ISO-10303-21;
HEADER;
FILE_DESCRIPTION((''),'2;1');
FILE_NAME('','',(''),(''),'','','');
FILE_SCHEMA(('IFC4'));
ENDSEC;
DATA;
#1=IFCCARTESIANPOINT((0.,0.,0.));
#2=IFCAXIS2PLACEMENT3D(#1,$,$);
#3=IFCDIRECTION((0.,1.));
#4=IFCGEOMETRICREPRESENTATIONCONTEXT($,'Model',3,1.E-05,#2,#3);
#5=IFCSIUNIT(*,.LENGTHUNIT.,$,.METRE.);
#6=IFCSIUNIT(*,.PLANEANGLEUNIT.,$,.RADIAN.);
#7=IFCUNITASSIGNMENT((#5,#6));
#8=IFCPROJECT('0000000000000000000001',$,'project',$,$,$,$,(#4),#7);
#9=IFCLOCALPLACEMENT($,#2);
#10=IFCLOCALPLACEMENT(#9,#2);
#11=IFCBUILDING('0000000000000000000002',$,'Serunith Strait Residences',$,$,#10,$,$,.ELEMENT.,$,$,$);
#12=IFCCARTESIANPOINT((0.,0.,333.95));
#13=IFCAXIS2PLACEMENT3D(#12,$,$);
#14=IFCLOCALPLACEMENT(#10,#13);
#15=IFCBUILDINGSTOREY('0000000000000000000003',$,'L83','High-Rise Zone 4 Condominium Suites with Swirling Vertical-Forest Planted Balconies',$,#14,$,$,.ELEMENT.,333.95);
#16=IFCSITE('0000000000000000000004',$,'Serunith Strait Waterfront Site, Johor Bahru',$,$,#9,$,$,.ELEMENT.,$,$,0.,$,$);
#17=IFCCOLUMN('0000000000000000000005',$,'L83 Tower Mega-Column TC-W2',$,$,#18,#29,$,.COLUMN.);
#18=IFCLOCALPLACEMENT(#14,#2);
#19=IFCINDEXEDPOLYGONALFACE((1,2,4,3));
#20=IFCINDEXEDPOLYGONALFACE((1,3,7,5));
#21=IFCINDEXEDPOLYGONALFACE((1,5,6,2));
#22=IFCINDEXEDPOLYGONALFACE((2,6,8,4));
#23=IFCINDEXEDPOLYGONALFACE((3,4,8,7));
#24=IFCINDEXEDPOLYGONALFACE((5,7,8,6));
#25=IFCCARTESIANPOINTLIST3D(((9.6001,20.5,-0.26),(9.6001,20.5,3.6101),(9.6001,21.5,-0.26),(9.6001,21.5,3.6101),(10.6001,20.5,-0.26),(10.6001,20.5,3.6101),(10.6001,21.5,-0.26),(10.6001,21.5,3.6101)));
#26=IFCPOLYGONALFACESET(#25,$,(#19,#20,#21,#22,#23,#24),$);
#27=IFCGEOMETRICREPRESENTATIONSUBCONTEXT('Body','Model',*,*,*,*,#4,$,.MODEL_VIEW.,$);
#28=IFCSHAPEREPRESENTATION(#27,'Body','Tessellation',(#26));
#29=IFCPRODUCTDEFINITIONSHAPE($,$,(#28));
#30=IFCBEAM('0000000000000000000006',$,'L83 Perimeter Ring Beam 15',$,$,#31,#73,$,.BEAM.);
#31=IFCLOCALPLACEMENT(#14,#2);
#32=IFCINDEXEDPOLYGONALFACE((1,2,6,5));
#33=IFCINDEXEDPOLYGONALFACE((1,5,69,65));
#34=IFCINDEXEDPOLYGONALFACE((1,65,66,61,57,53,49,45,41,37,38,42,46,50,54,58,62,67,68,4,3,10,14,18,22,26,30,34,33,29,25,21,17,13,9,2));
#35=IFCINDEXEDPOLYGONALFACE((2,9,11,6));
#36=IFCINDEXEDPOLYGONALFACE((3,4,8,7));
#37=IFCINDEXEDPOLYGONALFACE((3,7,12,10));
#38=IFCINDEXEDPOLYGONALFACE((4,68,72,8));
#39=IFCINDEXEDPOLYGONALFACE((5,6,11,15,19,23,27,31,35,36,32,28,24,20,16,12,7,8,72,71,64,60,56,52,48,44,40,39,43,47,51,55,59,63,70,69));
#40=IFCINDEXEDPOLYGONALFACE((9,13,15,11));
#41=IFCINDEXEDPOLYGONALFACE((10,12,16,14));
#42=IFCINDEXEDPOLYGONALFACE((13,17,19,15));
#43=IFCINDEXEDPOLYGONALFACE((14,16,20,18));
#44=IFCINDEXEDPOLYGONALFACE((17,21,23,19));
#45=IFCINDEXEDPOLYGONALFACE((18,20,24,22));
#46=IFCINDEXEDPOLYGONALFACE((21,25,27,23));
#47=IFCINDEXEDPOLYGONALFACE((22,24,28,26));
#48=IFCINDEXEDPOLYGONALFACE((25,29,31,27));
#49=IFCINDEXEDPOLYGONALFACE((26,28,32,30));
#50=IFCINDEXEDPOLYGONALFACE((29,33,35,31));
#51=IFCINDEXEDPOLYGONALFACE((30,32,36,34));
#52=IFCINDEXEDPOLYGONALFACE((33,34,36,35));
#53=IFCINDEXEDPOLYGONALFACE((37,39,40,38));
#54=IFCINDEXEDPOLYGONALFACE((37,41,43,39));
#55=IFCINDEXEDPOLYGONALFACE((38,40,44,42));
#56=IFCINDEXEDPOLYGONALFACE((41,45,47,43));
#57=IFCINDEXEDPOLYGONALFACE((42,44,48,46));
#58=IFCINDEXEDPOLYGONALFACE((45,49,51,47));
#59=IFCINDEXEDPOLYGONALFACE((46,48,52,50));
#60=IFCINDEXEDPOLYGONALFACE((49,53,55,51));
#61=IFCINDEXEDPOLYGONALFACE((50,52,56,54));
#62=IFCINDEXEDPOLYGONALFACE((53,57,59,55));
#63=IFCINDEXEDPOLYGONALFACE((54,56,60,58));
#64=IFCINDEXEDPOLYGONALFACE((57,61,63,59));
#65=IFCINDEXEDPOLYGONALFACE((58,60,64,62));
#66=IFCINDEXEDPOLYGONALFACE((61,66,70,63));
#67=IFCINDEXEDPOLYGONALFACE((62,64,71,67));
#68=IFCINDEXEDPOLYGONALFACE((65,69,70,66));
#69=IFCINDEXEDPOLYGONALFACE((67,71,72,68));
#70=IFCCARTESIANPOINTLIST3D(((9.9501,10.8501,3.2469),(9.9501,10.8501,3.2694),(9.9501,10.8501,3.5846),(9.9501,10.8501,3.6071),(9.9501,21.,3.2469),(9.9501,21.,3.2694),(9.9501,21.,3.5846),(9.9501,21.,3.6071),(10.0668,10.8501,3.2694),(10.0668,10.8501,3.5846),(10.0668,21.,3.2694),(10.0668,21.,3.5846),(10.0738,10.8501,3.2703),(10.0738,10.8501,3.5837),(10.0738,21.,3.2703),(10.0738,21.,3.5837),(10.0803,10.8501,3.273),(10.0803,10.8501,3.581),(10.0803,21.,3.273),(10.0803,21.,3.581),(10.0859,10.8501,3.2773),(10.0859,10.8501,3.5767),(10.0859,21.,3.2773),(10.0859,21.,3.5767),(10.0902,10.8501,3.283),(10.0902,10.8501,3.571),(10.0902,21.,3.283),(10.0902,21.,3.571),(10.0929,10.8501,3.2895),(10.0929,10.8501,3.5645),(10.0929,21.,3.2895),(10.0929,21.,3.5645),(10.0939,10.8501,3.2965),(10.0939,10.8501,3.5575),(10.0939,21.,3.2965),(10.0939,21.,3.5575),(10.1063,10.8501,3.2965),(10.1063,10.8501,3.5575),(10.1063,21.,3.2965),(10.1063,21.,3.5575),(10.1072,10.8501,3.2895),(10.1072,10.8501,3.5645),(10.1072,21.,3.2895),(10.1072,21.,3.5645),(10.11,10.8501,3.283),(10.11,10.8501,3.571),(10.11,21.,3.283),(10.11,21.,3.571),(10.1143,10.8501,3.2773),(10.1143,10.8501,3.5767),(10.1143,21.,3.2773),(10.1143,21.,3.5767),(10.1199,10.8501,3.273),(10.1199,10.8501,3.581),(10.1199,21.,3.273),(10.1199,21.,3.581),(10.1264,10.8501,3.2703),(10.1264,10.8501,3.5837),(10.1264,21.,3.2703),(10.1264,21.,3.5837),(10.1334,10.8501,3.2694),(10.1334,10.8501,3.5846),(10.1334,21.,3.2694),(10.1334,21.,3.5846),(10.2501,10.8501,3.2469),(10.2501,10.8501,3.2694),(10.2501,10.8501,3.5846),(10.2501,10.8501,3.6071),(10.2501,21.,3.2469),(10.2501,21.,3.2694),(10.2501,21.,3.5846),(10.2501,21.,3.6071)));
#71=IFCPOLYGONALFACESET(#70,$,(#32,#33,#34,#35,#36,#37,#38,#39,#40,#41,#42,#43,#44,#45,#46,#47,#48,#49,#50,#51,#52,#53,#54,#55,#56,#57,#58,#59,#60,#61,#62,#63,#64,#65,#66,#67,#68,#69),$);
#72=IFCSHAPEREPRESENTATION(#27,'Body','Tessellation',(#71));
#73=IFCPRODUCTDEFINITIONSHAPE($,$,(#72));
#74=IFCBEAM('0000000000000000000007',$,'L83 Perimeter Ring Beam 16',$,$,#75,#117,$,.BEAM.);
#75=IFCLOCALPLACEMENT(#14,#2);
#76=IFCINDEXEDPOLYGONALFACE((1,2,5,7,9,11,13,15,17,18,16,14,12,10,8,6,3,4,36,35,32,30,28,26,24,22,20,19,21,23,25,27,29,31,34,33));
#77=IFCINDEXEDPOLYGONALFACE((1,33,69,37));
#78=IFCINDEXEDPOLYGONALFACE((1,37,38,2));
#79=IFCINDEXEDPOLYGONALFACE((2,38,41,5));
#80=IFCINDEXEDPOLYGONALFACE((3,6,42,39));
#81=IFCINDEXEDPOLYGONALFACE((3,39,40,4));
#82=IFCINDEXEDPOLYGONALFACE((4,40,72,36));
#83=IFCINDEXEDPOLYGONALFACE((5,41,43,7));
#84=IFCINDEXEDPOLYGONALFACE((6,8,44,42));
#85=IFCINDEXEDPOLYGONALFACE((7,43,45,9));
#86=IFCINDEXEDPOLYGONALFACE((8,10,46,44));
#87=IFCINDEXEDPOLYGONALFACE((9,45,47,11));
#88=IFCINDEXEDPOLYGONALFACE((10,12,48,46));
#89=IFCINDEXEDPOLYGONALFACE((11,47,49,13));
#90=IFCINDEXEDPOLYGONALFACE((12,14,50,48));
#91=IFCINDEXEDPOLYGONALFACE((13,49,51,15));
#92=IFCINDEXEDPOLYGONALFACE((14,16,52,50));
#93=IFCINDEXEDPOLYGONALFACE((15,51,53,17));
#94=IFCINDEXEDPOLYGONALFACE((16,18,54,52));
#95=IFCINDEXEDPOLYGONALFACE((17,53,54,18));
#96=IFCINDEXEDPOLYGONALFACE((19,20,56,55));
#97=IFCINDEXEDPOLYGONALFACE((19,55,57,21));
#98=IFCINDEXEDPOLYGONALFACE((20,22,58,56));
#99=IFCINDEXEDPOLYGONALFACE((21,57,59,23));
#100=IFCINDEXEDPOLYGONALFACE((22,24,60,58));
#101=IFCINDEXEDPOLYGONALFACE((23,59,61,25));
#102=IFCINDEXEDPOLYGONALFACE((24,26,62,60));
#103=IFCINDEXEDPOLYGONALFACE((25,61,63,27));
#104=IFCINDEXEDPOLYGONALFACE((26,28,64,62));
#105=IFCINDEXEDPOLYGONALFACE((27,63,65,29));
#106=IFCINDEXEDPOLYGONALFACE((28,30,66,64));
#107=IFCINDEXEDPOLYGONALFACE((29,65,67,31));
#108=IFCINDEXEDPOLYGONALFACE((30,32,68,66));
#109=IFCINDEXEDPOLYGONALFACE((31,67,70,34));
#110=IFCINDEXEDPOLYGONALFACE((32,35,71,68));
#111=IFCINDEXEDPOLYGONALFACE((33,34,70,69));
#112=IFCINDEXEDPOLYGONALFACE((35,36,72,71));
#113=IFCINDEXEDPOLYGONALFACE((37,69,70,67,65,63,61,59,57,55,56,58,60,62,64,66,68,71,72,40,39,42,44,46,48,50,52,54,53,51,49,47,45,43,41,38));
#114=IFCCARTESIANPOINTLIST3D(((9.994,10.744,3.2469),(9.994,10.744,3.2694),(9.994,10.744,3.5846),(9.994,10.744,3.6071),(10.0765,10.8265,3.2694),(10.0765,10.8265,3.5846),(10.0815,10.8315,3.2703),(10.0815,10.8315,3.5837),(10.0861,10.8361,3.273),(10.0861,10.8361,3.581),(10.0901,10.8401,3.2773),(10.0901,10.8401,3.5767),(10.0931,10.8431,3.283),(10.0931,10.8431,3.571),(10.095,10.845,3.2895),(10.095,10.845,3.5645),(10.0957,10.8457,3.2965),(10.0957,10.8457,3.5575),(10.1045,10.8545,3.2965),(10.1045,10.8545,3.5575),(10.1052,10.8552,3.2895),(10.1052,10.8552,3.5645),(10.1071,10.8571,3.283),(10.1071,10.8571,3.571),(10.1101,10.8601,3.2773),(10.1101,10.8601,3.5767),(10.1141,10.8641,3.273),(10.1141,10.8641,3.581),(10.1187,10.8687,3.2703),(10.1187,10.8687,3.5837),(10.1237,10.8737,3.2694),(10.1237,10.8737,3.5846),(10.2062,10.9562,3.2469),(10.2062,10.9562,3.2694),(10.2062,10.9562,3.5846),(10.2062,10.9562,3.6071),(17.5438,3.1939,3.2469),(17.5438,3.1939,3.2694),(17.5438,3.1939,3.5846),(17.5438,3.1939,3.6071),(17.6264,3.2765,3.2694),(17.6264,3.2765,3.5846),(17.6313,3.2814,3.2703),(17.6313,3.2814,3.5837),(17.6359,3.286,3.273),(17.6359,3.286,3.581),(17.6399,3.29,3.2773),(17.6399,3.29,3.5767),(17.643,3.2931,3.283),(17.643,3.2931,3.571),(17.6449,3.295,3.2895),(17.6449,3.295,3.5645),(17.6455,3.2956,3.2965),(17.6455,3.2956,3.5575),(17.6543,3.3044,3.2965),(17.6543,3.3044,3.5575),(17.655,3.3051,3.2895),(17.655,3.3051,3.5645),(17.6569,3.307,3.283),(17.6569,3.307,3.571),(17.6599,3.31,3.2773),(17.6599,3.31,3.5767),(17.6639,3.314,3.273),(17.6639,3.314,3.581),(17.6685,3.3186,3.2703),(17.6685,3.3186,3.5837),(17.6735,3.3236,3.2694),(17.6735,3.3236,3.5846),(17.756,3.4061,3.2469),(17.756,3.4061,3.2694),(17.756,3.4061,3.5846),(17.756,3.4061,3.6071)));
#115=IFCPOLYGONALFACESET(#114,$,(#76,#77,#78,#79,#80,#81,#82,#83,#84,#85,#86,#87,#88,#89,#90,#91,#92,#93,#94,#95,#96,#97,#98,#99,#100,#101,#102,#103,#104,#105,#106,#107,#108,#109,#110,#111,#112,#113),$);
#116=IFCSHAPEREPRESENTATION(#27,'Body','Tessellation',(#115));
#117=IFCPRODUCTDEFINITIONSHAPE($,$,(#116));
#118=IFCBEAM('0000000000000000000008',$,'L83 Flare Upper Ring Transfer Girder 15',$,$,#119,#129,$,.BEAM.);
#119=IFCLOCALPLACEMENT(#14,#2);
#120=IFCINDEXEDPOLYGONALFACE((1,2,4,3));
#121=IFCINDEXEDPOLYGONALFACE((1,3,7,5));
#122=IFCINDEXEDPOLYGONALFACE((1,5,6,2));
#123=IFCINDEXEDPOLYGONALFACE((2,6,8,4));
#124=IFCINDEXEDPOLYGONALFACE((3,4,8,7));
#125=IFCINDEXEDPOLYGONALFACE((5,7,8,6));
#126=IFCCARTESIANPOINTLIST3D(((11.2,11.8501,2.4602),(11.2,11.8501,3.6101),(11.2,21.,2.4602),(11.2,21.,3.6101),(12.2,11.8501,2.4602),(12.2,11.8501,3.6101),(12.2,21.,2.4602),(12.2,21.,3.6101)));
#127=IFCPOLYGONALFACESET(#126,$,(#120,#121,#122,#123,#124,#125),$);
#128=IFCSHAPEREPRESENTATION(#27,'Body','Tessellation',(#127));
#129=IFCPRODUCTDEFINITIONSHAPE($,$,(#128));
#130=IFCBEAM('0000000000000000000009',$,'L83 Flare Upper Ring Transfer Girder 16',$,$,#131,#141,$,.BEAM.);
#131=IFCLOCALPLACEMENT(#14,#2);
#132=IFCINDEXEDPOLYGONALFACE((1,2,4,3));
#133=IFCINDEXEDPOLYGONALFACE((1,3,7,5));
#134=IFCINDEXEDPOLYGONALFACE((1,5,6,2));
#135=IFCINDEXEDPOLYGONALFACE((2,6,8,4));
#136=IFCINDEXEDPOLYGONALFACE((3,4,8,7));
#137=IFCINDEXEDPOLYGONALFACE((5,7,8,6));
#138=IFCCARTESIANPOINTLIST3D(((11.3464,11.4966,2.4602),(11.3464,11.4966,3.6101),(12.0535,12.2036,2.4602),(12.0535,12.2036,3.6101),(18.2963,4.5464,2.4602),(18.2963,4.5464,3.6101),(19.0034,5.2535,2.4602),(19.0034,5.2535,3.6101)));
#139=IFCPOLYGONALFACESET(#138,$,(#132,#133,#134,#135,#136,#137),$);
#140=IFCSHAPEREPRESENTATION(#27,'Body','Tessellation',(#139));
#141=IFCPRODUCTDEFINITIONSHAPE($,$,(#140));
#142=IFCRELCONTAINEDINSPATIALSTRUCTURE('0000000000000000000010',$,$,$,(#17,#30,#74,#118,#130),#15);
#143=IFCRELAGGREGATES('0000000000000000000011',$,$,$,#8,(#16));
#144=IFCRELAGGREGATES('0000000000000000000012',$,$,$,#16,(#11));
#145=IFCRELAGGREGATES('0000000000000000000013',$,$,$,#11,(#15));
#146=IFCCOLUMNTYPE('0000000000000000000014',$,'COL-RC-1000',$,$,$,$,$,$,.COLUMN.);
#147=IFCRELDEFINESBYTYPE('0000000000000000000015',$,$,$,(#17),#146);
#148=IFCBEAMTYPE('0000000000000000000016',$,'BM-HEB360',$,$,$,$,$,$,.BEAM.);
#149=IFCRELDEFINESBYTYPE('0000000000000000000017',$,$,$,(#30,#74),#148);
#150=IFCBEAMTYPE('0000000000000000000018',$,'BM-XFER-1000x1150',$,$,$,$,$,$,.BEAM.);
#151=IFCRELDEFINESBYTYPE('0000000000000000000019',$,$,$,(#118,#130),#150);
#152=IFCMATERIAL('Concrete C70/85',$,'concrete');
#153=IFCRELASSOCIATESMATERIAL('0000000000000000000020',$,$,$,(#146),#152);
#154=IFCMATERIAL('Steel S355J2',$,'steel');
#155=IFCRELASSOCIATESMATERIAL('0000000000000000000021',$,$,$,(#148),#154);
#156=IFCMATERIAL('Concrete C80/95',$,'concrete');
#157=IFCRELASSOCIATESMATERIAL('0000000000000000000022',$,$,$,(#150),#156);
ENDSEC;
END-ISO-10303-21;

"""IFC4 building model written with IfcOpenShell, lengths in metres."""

from ifc_helpers import new_model, si_unit, direction, frame, origin, origin_2d, place, context, subcontext, project, spatial, rectangle, i_section, extrude, source, transform, mapped, material, material_profile, profile_set, type_object, element, save


model = new_model("IFC4")

# Units and contexts
model_context = context("Model", 3, precision=1e-05, world=origin(), true_north=direction((0.0, 1.0)))
body_context = subcontext(model_context, "Body", "Model", "MODEL_VIEW")
ifc_project = project(units=[si_unit("LENGTHUNIT", "METRE"), si_unit("PLANEANGLEUNIT", "RADIAN")], contexts=[model_context])

# Site, building, storey
site_placement = place(None, origin())
site = spatial("IfcSite", under=ifc_project, at=site_placement, Name="Serunith Strait Waterfront Site, Johor Bahru", CompositionType="ELEMENT", RefElevation=0.0)
building_placement = place(site_placement, origin())
building = spatial("IfcBuilding", under=site, at=building_placement, Name="Serunith Strait Residences", CompositionType="ELEMENT")
storey_placement = place(building_placement, frame((0.0, 0.0, 333.95)))
storey = spatial("IfcBuildingStorey", under=building, at=storey_placement, Name="L83", Description="High-Rise Zone 4 Condominium Suites with Swirling Vertical-Forest Planted Balconies", CompositionType="ELEMENT", Elevation=333.95)

# Column
ifc_material_1 = material(Name="Concrete C70/85", Category="concrete")
ifc_material_profile_1 = material_profile(ifc_material_1, rectangle(XDim=1.0, YDim=1.0, at=origin_2d()), Name="RC 1000x1000")
ifc_profile_set_1 = profile_set([ifc_material_profile_1], Name="Concrete C70/85")
column_type = type_object("IfcColumnType", Name="COL-RC-1000", PredefinedType="COLUMN", material=ifc_profile_set_1)
shared_shape_1 = source(origin(), body_context, "Body", "SweptSolid", [
    extrude(rectangle(XDim=1.0, YDim=1.0, at=origin_2d()), origin(), (0.0, 0.0, 1.0), 3.8701),
])
column_placement = place(storey_placement, frame((10.1001, 21.0, -0.26), z_axis=(0.0, 0.0, 1.0), x_axis=(1.0, 0.0, 0.0)))
element("IfcColumn", 1, at=column_placement, inside=storey, type_object=column_type, Name="L83 Tower Mega-Column TC-W2", PredefinedType="COLUMN", context=body_context, shape_type="MappedRepresentation", body=[
    mapped(shared_shape_1, transform((0.0, 0.0, 0.0), scale=1.0)),
])

# Beams
ifc_material_2 = material(Name="Steel S355J2", Category="steel")
ifc_material_profile_2 = material_profile(ifc_material_2, i_section(OverallWidth=0.3, OverallDepth=0.3601, WebThickness=0.0125, FlangeThickness=0.0225, FilletRadius=0.0271, at=origin_2d()), Name="HEB 360")
ifc_profile_set_2 = profile_set([ifc_material_profile_2], Name="Steel S355J2")
beam_type_1 = type_object("IfcBeamType", Name="BM-HEB360", PredefinedType="BEAM", material=ifc_profile_set_2)
shared_shape_2 = source(origin(), body_context, "Body", "SweptSolid", [
    extrude(i_section(OverallWidth=0.3, OverallDepth=0.3601, WebThickness=0.0125, FlangeThickness=0.0225, FilletRadius=0.0271, at=origin_2d()), origin(), (0.0, 0.0, 1.0), 10.1499),
])
beam_1_placement = place(storey_placement, frame((10.1001, 21.0, 3.427), z_axis=(0.0, -1.0, 0.0), x_axis=(1.0, 0.0, 0.0)))
element("IfcBeam", 2, at=beam_1_placement, inside=storey, type_object=beam_type_1, Name="L83 Perimeter Ring Beam 15", PredefinedType="BEAM", context=body_context, shape_type="MappedRepresentation", body=[
    mapped(shared_shape_2, transform((0.0, 0.0, 0.0), scale=1.0)),
])
shared_shape_3 = source(origin(), body_context, "Body", "SweptSolid", [
    extrude(i_section(OverallWidth=0.3, OverallDepth=0.3601, WebThickness=0.0125, FlangeThickness=0.0225, FilletRadius=0.0271, at=origin_2d()), origin(), (0.0, 0.0, 1.0), 10.6772),
])
beam_2_placement = place(storey_placement, frame((10.1001, 10.8501, 3.427), z_axis=(0.707095, -0.707118, 0.0), x_axis=(0.707118, 0.707095, 0.0)))
element("IfcBeam", 3, at=beam_2_placement, inside=storey, type_object=beam_type_1, Name="L83 Perimeter Ring Beam 16", PredefinedType="BEAM", context=body_context, shape_type="MappedRepresentation", body=[
    mapped(shared_shape_3, transform((0.0, 0.0, 0.0), scale=1.0)),
])
ifc_material_3 = material(Name="Concrete C80/95", Category="concrete")
ifc_material_profile_3 = material_profile(ifc_material_3, rectangle(XDim=1.0, YDim=1.1499, at=origin_2d()), Name="RC 1000x1150")
ifc_profile_set_3 = profile_set([ifc_material_profile_3], Name="Concrete C80/95")
beam_type_2 = type_object("IfcBeamType", Name="BM-XFER-1000x1150", PredefinedType="BEAM", material=ifc_profile_set_3)
shared_shape_4 = source(origin(), body_context, "Body", "SweptSolid", [
    extrude(rectangle(XDim=1.0, YDim=1.1499, at=origin_2d()), origin(), (0.0, 0.0, 1.0), 9.1499),
])
beam_3_placement = place(storey_placement, frame((11.7, 21.0, 3.0352), z_axis=(0.0, -1.0, 0.0), x_axis=(1.0, 0.0, 0.0)))
element("IfcBeam", 4, at=beam_3_placement, inside=storey, type_object=beam_type_2, Name="L83 Flare Upper Ring Transfer Girder 15", PredefinedType="BEAM", context=body_context, shape_type="MappedRepresentation", body=[
    mapped(shared_shape_4, transform((0.0, 0.0, 0.0), scale=1.0)),
])
shared_shape_5 = source(origin(), body_context, "Body", "SweptSolid", [
    extrude(rectangle(XDim=1.0, YDim=1.1499, at=origin_2d()), origin(), (0.0, 0.0, 1.0), 9.8289),
])
beam_4_placement = place(storey_placement, frame((11.7, 11.8501, 3.0352), z_axis=(0.707094, -0.707119, 0.0), x_axis=(0.707119, 0.707094, 0.0)))
element("IfcBeam", 5, at=beam_4_placement, inside=storey, type_object=beam_type_2, Name="L83 Flare Upper Ring Transfer Girder 16", PredefinedType="BEAM", context=body_context, shape_type="MappedRepresentation", body=[
    mapped(shared_shape_5, transform((0.0, 0.0, 0.0), scale=1.0)),
])

save(model, "model.ifc")
